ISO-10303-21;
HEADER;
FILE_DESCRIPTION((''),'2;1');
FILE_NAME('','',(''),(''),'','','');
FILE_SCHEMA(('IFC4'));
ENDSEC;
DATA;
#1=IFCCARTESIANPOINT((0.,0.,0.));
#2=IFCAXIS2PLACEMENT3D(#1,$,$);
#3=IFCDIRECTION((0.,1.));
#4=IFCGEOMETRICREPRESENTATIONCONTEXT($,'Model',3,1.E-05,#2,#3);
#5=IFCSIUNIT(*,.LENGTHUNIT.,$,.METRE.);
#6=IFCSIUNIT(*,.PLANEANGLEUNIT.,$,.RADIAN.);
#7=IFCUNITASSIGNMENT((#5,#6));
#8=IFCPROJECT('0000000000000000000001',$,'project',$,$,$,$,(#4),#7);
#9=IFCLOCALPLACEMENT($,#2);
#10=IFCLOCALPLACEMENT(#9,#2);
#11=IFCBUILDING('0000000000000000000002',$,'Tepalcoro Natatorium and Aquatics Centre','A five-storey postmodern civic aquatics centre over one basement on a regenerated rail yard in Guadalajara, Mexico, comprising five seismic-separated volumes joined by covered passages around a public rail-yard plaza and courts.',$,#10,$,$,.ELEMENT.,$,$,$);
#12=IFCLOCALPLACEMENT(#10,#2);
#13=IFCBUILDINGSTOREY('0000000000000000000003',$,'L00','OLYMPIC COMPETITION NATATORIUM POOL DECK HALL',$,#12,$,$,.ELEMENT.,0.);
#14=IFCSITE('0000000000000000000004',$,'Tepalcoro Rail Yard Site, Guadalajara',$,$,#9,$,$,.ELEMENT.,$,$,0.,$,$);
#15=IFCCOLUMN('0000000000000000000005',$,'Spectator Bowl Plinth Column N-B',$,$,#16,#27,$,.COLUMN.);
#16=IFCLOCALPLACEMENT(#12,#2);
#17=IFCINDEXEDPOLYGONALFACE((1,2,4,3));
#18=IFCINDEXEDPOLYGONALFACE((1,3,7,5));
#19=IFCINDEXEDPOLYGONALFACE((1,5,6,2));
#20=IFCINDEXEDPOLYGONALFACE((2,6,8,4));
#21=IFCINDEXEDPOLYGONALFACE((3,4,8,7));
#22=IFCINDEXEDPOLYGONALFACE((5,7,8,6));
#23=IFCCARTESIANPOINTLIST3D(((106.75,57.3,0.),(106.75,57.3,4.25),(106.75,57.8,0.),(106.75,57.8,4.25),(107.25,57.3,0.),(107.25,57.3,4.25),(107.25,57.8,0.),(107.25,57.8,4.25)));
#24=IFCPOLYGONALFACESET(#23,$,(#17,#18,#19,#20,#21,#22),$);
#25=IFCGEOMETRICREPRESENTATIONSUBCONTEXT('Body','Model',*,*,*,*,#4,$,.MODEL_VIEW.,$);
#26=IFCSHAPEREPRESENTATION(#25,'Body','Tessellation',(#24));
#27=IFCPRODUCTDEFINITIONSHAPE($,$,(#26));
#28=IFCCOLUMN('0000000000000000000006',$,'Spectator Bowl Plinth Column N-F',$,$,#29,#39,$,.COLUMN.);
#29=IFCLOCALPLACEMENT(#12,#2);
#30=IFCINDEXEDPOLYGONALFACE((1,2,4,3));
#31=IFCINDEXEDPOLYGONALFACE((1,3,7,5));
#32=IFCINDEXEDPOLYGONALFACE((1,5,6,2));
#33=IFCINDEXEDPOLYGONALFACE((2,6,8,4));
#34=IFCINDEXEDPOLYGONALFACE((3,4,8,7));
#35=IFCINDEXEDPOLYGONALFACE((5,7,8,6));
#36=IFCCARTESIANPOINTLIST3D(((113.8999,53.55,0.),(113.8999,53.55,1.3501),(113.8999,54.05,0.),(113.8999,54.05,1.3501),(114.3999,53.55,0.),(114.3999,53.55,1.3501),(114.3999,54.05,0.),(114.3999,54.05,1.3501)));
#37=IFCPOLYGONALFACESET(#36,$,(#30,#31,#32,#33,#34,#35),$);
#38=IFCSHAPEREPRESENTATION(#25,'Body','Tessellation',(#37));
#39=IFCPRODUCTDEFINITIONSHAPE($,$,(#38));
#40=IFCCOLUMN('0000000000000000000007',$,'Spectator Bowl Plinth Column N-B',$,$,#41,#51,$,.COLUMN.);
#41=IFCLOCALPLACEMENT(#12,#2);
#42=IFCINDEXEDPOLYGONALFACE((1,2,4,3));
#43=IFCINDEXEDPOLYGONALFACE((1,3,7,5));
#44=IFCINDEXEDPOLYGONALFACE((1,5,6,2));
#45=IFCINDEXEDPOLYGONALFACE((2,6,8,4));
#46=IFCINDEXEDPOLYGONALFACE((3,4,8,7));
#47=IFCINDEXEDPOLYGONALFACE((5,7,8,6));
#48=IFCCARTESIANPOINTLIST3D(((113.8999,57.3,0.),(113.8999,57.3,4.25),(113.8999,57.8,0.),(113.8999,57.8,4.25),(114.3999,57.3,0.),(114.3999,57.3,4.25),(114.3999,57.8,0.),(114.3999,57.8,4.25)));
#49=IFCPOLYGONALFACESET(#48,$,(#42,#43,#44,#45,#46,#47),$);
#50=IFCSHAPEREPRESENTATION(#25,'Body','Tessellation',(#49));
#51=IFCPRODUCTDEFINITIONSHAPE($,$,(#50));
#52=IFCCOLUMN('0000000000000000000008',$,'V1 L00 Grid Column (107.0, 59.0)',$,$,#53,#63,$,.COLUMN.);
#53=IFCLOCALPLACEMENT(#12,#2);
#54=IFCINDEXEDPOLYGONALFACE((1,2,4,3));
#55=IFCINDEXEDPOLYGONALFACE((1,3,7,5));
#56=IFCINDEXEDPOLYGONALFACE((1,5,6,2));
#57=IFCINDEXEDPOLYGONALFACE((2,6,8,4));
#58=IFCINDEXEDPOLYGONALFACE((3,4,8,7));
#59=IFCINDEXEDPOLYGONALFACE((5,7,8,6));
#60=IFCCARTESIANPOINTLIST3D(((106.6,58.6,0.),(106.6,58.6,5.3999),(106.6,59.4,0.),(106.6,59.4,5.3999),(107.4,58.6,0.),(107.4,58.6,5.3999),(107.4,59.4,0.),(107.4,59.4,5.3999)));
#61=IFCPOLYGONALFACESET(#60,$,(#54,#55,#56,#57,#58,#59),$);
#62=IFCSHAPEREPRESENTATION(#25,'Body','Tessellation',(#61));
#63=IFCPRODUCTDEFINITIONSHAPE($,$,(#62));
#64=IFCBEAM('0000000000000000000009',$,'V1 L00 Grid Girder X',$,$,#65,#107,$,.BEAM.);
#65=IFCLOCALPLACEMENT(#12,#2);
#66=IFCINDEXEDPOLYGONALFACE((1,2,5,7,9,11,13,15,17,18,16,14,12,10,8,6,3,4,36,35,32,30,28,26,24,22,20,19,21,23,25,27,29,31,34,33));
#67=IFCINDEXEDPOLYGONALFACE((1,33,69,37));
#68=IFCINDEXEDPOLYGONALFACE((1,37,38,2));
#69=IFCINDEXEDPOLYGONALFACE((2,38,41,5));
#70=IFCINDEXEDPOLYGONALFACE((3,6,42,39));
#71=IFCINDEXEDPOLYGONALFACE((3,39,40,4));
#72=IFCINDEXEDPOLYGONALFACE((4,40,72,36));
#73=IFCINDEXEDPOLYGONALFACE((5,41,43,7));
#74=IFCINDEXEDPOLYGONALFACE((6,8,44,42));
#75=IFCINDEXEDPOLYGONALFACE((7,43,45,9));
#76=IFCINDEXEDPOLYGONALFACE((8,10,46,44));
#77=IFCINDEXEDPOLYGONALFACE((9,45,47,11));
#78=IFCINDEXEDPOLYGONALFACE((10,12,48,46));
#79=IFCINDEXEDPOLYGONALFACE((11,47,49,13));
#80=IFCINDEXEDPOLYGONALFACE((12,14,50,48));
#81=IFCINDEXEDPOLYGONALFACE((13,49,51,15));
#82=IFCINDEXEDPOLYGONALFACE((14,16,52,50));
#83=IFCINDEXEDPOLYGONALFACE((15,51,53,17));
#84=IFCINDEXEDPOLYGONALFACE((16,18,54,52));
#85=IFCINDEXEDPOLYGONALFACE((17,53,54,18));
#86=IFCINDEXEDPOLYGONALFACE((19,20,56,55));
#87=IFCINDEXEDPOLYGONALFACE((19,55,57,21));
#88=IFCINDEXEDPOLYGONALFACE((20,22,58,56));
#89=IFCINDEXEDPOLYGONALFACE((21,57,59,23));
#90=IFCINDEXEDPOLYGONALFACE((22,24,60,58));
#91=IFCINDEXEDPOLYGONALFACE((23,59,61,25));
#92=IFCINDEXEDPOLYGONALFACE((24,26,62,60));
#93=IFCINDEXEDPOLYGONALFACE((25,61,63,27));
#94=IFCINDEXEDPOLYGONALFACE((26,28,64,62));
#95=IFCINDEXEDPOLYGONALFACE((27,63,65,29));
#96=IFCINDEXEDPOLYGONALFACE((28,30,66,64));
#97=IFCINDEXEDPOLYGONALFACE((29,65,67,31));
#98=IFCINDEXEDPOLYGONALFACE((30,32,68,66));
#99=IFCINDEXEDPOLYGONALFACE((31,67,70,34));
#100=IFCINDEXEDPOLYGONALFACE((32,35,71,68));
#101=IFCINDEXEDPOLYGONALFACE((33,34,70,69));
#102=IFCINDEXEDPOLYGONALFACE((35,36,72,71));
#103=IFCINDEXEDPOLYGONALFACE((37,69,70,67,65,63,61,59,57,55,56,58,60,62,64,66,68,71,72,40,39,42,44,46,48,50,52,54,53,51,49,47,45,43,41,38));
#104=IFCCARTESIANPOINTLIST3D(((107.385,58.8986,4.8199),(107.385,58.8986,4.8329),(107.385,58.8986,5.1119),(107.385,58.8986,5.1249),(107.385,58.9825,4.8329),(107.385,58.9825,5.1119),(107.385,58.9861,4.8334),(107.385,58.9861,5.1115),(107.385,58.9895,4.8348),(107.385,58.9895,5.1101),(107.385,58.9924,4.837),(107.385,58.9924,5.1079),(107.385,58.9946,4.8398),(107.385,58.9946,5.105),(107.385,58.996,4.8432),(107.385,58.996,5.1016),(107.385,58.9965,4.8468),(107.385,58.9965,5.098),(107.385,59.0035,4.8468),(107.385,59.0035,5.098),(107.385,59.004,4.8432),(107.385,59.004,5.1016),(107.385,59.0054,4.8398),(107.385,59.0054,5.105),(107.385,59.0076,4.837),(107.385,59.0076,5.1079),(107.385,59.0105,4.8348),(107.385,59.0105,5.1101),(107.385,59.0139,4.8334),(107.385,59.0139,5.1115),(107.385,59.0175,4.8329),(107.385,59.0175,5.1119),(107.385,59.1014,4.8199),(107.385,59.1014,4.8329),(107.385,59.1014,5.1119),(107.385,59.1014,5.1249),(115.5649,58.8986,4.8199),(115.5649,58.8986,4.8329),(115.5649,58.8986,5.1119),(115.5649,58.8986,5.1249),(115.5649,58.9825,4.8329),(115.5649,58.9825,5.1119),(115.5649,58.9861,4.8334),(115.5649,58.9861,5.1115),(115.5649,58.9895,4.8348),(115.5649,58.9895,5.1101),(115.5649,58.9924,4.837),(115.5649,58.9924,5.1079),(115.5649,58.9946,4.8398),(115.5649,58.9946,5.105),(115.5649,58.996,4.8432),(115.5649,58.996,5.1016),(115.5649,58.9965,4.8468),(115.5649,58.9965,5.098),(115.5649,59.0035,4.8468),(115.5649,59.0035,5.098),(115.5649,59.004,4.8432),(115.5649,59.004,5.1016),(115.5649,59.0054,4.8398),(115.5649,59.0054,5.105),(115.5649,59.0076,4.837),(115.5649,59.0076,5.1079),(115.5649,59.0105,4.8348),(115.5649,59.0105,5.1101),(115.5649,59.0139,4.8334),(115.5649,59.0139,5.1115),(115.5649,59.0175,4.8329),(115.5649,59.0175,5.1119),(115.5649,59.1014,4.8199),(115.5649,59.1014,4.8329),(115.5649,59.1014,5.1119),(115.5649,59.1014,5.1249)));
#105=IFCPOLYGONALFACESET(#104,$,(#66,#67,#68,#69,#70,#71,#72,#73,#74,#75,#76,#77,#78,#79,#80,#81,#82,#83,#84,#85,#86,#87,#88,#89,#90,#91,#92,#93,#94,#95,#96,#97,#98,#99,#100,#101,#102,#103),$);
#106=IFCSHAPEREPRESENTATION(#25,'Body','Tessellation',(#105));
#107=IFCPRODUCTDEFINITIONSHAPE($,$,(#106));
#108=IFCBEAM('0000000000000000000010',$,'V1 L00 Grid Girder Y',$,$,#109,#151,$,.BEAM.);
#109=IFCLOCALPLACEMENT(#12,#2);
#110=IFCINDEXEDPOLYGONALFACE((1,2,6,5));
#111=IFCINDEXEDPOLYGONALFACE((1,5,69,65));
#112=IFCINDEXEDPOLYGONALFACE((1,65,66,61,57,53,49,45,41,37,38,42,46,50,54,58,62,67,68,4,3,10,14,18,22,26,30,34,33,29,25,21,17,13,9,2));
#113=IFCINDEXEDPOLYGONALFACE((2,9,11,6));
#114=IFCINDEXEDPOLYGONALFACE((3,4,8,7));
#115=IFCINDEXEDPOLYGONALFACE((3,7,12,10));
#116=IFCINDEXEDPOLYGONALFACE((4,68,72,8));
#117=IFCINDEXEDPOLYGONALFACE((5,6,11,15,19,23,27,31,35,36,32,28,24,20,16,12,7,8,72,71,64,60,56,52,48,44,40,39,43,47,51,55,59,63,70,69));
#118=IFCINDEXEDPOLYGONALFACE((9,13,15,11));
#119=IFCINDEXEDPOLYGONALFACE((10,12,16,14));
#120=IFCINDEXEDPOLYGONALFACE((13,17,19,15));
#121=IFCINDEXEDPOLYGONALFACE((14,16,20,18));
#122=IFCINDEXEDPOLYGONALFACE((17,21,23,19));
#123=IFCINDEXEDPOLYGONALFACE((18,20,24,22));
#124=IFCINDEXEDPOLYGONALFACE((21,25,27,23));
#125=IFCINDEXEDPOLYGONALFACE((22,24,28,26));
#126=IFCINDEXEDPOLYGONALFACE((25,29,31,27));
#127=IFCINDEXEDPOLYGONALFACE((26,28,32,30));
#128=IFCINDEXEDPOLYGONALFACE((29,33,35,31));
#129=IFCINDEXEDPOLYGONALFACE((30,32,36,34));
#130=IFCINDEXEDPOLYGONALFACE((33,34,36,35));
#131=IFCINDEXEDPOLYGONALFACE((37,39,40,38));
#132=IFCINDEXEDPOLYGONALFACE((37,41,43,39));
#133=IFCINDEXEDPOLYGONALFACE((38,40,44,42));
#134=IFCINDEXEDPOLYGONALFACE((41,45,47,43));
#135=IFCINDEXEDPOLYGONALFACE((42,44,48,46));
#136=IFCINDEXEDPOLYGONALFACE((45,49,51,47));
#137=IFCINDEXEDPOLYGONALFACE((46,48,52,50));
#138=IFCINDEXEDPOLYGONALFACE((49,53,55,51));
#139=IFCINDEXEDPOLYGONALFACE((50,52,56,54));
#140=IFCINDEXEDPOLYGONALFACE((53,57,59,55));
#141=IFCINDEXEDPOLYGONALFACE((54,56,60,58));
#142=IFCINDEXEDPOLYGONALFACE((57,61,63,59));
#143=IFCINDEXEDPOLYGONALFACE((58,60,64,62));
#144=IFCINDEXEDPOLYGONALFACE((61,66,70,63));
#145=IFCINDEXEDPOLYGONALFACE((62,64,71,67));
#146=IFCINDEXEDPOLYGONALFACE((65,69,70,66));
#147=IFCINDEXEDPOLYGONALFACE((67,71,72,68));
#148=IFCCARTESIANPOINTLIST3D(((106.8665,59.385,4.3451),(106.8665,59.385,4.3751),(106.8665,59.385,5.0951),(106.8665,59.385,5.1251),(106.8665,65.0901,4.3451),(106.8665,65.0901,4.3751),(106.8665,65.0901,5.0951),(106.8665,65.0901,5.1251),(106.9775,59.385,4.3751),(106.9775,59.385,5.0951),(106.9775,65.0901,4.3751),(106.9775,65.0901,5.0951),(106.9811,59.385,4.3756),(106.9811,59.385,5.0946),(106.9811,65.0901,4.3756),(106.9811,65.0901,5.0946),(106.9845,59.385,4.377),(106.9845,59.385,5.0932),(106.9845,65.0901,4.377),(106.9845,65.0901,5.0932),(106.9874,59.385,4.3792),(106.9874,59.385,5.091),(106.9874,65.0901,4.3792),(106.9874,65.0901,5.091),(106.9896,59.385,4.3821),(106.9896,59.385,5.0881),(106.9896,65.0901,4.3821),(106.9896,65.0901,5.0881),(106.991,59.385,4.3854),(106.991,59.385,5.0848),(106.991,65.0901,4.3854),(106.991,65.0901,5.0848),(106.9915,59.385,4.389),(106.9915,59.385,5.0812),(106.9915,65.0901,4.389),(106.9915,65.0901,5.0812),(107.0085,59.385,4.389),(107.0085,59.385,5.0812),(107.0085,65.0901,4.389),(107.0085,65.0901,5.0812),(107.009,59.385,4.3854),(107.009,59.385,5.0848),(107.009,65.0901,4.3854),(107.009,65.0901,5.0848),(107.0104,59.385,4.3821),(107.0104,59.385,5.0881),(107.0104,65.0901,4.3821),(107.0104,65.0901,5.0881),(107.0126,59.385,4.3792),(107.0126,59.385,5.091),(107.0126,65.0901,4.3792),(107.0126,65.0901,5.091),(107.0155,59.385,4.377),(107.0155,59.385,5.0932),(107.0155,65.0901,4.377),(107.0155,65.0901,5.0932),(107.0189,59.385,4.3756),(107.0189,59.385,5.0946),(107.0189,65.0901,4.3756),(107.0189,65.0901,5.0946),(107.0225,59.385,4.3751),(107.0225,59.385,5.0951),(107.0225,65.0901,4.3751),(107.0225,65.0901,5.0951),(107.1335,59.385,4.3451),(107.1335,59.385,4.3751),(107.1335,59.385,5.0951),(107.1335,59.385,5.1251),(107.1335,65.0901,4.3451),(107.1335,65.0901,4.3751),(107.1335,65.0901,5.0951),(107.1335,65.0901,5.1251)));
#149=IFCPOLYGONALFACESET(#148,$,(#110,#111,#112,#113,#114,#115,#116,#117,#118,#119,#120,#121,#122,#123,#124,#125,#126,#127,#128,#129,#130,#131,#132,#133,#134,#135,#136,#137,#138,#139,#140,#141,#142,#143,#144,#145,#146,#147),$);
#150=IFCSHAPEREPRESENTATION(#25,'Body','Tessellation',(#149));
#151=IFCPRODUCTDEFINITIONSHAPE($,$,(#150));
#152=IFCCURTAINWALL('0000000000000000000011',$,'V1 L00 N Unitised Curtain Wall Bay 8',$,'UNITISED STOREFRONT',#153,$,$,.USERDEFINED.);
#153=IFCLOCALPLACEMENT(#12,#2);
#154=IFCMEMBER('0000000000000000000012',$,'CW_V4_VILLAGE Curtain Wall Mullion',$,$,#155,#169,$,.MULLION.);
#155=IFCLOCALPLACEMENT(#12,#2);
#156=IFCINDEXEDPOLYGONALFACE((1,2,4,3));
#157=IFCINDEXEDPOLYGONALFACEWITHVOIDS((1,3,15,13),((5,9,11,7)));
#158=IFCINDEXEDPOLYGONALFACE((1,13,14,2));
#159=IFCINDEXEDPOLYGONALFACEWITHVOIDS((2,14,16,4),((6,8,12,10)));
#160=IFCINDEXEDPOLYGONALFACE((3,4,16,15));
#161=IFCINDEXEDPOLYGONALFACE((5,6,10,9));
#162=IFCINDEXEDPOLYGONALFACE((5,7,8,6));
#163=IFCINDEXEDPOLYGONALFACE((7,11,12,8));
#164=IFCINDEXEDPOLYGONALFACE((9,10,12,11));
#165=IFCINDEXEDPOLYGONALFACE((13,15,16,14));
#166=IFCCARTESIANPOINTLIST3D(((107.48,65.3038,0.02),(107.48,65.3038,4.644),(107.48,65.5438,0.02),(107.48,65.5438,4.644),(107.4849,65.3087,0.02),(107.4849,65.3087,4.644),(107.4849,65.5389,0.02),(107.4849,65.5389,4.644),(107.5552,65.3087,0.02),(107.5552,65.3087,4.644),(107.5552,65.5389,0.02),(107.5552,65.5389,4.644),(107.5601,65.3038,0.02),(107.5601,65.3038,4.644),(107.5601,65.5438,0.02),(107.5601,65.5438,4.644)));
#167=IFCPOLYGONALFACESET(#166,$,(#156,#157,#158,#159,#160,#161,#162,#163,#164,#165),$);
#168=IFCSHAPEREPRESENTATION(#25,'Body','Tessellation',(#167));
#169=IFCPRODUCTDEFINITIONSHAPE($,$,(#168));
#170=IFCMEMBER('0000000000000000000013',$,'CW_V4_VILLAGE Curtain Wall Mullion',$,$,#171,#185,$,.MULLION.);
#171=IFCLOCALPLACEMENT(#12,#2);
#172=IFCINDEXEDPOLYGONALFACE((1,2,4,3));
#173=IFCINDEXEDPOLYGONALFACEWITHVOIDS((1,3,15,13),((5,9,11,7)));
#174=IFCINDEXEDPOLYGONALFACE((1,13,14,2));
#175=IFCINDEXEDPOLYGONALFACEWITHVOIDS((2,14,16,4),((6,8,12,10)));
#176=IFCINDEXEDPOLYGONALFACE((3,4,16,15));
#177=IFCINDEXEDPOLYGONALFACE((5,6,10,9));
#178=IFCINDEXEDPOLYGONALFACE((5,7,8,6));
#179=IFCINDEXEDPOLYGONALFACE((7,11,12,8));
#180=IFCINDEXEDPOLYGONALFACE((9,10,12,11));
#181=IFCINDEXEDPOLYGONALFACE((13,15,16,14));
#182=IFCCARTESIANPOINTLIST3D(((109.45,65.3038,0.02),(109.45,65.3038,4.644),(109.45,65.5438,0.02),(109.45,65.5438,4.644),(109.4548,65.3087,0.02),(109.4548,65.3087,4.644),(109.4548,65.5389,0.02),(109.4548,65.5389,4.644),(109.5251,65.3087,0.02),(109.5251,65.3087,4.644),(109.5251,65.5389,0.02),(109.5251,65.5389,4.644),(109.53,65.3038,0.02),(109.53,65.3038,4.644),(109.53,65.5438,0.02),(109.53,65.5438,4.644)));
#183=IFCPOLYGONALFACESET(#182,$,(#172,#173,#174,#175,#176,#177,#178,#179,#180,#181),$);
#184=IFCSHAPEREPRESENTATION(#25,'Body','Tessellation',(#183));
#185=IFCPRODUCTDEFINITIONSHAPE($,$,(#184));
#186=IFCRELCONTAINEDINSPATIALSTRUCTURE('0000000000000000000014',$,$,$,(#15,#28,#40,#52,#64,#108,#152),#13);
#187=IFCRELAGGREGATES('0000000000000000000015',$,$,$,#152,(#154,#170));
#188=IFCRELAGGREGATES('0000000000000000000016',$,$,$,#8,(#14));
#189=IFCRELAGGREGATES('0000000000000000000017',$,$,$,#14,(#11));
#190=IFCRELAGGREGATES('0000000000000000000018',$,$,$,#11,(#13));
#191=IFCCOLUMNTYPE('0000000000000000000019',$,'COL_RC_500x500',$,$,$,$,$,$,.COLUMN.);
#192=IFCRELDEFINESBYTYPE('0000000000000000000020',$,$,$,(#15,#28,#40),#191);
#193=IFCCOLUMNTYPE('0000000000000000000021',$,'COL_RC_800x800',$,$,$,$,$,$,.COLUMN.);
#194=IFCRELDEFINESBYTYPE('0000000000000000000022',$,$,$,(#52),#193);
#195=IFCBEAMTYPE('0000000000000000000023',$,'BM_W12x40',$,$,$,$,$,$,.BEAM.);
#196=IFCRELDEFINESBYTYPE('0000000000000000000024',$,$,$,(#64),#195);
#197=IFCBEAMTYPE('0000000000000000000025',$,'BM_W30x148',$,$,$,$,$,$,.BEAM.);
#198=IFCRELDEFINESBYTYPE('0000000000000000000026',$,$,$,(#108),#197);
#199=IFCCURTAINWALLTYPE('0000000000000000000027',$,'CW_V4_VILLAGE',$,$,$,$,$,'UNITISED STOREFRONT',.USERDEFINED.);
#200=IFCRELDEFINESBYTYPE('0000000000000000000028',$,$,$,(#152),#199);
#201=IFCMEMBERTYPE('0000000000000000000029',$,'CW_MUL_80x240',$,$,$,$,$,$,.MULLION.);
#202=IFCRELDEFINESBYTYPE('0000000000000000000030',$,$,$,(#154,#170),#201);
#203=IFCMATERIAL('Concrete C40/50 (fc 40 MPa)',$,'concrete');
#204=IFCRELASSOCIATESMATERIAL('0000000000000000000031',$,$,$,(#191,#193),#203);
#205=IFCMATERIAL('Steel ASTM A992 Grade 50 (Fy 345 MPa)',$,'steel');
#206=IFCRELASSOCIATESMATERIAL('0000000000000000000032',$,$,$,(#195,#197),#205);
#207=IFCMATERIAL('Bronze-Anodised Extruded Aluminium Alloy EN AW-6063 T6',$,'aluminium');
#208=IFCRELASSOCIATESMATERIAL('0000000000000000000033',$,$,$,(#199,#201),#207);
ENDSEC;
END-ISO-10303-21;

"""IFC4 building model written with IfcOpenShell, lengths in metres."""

from ifc_helpers import new_model, si_unit, direction, frame, origin, origin_2d, place, context, subcontext, project, spatial, rectangle, hollow_rectangle, i_section, extrude, material, material_profile, profile_set, type_object, element, aggregate, save


model = new_model("IFC4")

# Units and contexts
model_context = context("Model", 3, precision=1e-05, world=origin(), true_north=direction((0.0, 1.0)))
body_context = subcontext(model_context, "Body", "Model", "MODEL_VIEW")
ifc_project = project(units=[si_unit("LENGTHUNIT", "METRE"), si_unit("PLANEANGLEUNIT", "RADIAN")], contexts=[model_context])

# Site, building, storey
site_placement = place(None, origin())
site = spatial("IfcSite", under=ifc_project, at=site_placement, Name="Tepalcoro Rail Yard Site, Guadalajara", CompositionType="ELEMENT", RefElevation=0.0)
building_placement = place(site_placement, origin())
building = spatial("IfcBuilding", under=site, at=building_placement, Name="Tepalcoro Natatorium and Aquatics Centre", Description="A five-storey postmodern civic aquatics centre over one basement on a regenerated rail yard in Guadalajara, Mexico, comprising five seismic-separated volumes joined by covered passages around a public rail-yard plaza and courts.", CompositionType="ELEMENT")
storey_placement = place(building_placement, origin())
storey = spatial("IfcBuildingStorey", under=building, at=storey_placement, Name="L00", Description="OLYMPIC COMPETITION NATATORIUM POOL DECK HALL", CompositionType="ELEMENT", Elevation=0.0)

# Columns
ifc_material_1 = material(Name="Concrete C40/50 (fc 40 MPa)", Category="concrete")
ifc_material_profile_1 = material_profile(ifc_material_1, rectangle(XDim=0.5, YDim=0.5, at=origin_2d()), Name="RC500x500")
ifc_profile_set_1 = profile_set([ifc_material_profile_1], Name="Concrete C40/50 (fc 40 MPa)")
column_type_1 = type_object("IfcColumnType", Name="COL_RC_500x500", PredefinedType="COLUMN", material=ifc_profile_set_1)
column_1_placement = place(storey_placement, frame((107.0, 57.55, 0.0), z_axis=(0.0, 0.0, 1.0), x_axis=(1.0, 0.0, 0.0)))
element("IfcColumn", 1, at=column_1_placement, inside=storey, type_object=column_type_1, Name="Spectator Bowl Plinth Column N-B", PredefinedType="COLUMN", context=body_context, shape_type="SweptSolid", body=[
    extrude(rectangle(XDim=0.5, YDim=0.5, at=origin_2d()), origin(), (0.0, 0.0, 1.0), 4.25),
])
column_2_placement = place(storey_placement, frame((114.1499, 53.8, 0.0), z_axis=(0.0, 0.0, 1.0), x_axis=(1.0, 0.0, 0.0)))
element("IfcColumn", 2, at=column_2_placement, inside=storey, type_object=column_type_1, Name="Spectator Bowl Plinth Column N-F", PredefinedType="COLUMN", context=body_context, shape_type="SweptSolid", body=[
    extrude(rectangle(XDim=0.5, YDim=0.5, at=origin_2d()), origin(), (0.0, 0.0, 1.0), 1.3501),
])
column_3_placement = place(storey_placement, frame((114.1499, 57.55, 0.0), z_axis=(0.0, 0.0, 1.0), x_axis=(1.0, 0.0, 0.0)))
element("IfcColumn", 3, at=column_3_placement, inside=storey, type_object=column_type_1, Name="Spectator Bowl Plinth Column N-B", PredefinedType="COLUMN", context=body_context, shape_type="SweptSolid", body=[
    extrude(rectangle(XDim=0.5, YDim=0.5, at=origin_2d()), origin(), (0.0, 0.0, 1.0), 4.25),
])
ifc_material_profile_2 = material_profile(ifc_material_1, rectangle(XDim=0.8, YDim=0.8, at=origin_2d()), Name="RC800x800")
ifc_profile_set_2 = profile_set([ifc_material_profile_2], Name="Concrete C40/50 (fc 40 MPa)")
column_type_2 = type_object("IfcColumnType", Name="COL_RC_800x800", PredefinedType="COLUMN", material=ifc_profile_set_2)
column_4_placement = place(storey_placement, frame((107.0, 59.0, 0.0), z_axis=(0.0, 0.0, 1.0), x_axis=(1.0, 0.0, 0.0)))
element("IfcColumn", 4, at=column_4_placement, inside=storey, type_object=column_type_2, Name="V1 L00 Grid Column (107.0, 59.0)", PredefinedType="COLUMN", context=body_context, shape_type="SweptSolid", body=[
    extrude(rectangle(XDim=0.8, YDim=0.8, at=origin_2d()), origin(), (0.0, 0.0, 1.0), 5.3999),
])

# Beams
ifc_material_2 = material(Name="Steel ASTM A992 Grade 50 (Fy 345 MPa)", Category="steel")
ifc_material_profile_3 = material_profile(ifc_material_2, i_section(OverallWidth=0.2029, OverallDepth=0.3049, WebThickness=0.0071, FlangeThickness=0.0129, FilletRadius=0.0139, at=origin_2d()), Name="W12X40")
ifc_profile_set_3 = profile_set([ifc_material_profile_3], Name="Steel ASTM A992 Grade 50 (Fy 345 MPa)")
beam_type_1 = type_object("IfcBeamType", Name="BM_W12x40", PredefinedType="BEAM", material=ifc_profile_set_3)
beam_1_placement = place(storey_placement, frame((107.385, 59.0, 4.9724), z_axis=(1.0, 0.0, 0.0), x_axis=(0.0, 1.0, 0.0)))
element("IfcBeam", 5, at=beam_1_placement, inside=storey, type_object=beam_type_1, Name="V1 L00 Grid Girder X", PredefinedType="BEAM", context=body_context, shape_type="SweptSolid", body=[
    extrude(i_section(OverallWidth=0.2029, OverallDepth=0.3049, WebThickness=0.0071, FlangeThickness=0.0129, FilletRadius=0.0139, at=origin_2d()), origin(), (0.0, 0.0, 1.0), 8.1799),
])
ifc_material_profile_4 = material_profile(ifc_material_2, i_section(OverallWidth=0.2671, OverallDepth=0.78, WebThickness=0.0171, FlangeThickness=0.03, FilletRadius=0.0139, at=origin_2d()), Name="W30X148")
ifc_profile_set_4 = profile_set([ifc_material_profile_4], Name="Steel ASTM A992 Grade 50 (Fy 345 MPa)")
beam_type_2 = type_object("IfcBeamType", Name="BM_W30x148", PredefinedType="BEAM", material=ifc_profile_set_4)
beam_2_placement = place(storey_placement, frame((107.0, 59.385, 4.7351), z_axis=(0.0, 1.0, 0.0), x_axis=(-1.0, 0.0, 0.0)))
element("IfcBeam", 6, at=beam_2_placement, inside=storey, type_object=beam_type_2, Name="V1 L00 Grid Girder Y", PredefinedType="BEAM", context=body_context, shape_type="SweptSolid", body=[
    extrude(i_section(OverallWidth=0.2671, OverallDepth=0.78, WebThickness=0.0171, FlangeThickness=0.03, FilletRadius=0.0139, at=origin_2d()), origin(), (0.0, 0.0, 1.0), 5.7051),
])

# Curtain wall, members
ifc_material_3 = material(Name="Bronze-Anodised Extruded Aluminium Alloy EN AW-6063 T6", Category="aluminium")
curtain_wall_type = type_object("IfcCurtainWallType", Name="CW_V4_VILLAGE", ElementType="UNITISED STOREFRONT", PredefinedType="USERDEFINED", material=ifc_material_3)
curtain_wall_placement = place(storey_placement, origin())
curtain_wall = element("IfcCurtainWall", 7, at=curtain_wall_placement, inside=storey, type_object=curtain_wall_type, Name="V1 L00 N Unitised Curtain Wall Bay 8", ObjectType="UNITISED STOREFRONT", PredefinedType="USERDEFINED")
ifc_material_profile_5 = material_profile(ifc_material_3, hollow_rectangle(XDim=0.0801, YDim=0.24, WallThickness=0.0049, at=origin_2d()), Name="AL80X240X5")
ifc_profile_set_5 = profile_set([ifc_material_profile_5], Name="Bronze-Anodised Extruded Aluminium Alloy EN AW-6063 T6")
member_type_1 = type_object("IfcMemberType", Name="CW_MUL_80x240", PredefinedType="MULLION", material=ifc_profile_set_5)
member_1_placement = place(storey_placement, frame((107.52, 65.4238, 0.02), z_axis=(0.0, 0.0, 1.0), x_axis=(1.0, 0.0, 0.0)))
member_1 = element("IfcMember", 8, at=member_1_placement, type_object=member_type_1, Name="CW_V4_VILLAGE Curtain Wall Mullion", PredefinedType="MULLION", context=body_context, shape_type="SweptSolid", body=[
    extrude(hollow_rectangle(XDim=0.0801, YDim=0.24, WallThickness=0.0049, at=origin_2d()), origin(), (0.0, 0.0, 1.0), 4.624),
])
member_2_placement = place(storey_placement, frame((109.49, 65.4238, 0.02), z_axis=(0.0, 0.0, 1.0), x_axis=(1.0, 0.0, 0.0)))
member_2 = element("IfcMember", 9, at=member_2_placement, type_object=member_type_1, Name="CW_V4_VILLAGE Curtain Wall Mullion", PredefinedType="MULLION", context=body_context, shape_type="SweptSolid", body=[
    extrude(hollow_rectangle(XDim=0.0801, YDim=0.24, WallThickness=0.0049, at=origin_2d()), origin(), (0.0, 0.0, 1.0), 4.624),
])

aggregate(curtain_wall, [member_1, member_2])

save(model, "model.ifc")
